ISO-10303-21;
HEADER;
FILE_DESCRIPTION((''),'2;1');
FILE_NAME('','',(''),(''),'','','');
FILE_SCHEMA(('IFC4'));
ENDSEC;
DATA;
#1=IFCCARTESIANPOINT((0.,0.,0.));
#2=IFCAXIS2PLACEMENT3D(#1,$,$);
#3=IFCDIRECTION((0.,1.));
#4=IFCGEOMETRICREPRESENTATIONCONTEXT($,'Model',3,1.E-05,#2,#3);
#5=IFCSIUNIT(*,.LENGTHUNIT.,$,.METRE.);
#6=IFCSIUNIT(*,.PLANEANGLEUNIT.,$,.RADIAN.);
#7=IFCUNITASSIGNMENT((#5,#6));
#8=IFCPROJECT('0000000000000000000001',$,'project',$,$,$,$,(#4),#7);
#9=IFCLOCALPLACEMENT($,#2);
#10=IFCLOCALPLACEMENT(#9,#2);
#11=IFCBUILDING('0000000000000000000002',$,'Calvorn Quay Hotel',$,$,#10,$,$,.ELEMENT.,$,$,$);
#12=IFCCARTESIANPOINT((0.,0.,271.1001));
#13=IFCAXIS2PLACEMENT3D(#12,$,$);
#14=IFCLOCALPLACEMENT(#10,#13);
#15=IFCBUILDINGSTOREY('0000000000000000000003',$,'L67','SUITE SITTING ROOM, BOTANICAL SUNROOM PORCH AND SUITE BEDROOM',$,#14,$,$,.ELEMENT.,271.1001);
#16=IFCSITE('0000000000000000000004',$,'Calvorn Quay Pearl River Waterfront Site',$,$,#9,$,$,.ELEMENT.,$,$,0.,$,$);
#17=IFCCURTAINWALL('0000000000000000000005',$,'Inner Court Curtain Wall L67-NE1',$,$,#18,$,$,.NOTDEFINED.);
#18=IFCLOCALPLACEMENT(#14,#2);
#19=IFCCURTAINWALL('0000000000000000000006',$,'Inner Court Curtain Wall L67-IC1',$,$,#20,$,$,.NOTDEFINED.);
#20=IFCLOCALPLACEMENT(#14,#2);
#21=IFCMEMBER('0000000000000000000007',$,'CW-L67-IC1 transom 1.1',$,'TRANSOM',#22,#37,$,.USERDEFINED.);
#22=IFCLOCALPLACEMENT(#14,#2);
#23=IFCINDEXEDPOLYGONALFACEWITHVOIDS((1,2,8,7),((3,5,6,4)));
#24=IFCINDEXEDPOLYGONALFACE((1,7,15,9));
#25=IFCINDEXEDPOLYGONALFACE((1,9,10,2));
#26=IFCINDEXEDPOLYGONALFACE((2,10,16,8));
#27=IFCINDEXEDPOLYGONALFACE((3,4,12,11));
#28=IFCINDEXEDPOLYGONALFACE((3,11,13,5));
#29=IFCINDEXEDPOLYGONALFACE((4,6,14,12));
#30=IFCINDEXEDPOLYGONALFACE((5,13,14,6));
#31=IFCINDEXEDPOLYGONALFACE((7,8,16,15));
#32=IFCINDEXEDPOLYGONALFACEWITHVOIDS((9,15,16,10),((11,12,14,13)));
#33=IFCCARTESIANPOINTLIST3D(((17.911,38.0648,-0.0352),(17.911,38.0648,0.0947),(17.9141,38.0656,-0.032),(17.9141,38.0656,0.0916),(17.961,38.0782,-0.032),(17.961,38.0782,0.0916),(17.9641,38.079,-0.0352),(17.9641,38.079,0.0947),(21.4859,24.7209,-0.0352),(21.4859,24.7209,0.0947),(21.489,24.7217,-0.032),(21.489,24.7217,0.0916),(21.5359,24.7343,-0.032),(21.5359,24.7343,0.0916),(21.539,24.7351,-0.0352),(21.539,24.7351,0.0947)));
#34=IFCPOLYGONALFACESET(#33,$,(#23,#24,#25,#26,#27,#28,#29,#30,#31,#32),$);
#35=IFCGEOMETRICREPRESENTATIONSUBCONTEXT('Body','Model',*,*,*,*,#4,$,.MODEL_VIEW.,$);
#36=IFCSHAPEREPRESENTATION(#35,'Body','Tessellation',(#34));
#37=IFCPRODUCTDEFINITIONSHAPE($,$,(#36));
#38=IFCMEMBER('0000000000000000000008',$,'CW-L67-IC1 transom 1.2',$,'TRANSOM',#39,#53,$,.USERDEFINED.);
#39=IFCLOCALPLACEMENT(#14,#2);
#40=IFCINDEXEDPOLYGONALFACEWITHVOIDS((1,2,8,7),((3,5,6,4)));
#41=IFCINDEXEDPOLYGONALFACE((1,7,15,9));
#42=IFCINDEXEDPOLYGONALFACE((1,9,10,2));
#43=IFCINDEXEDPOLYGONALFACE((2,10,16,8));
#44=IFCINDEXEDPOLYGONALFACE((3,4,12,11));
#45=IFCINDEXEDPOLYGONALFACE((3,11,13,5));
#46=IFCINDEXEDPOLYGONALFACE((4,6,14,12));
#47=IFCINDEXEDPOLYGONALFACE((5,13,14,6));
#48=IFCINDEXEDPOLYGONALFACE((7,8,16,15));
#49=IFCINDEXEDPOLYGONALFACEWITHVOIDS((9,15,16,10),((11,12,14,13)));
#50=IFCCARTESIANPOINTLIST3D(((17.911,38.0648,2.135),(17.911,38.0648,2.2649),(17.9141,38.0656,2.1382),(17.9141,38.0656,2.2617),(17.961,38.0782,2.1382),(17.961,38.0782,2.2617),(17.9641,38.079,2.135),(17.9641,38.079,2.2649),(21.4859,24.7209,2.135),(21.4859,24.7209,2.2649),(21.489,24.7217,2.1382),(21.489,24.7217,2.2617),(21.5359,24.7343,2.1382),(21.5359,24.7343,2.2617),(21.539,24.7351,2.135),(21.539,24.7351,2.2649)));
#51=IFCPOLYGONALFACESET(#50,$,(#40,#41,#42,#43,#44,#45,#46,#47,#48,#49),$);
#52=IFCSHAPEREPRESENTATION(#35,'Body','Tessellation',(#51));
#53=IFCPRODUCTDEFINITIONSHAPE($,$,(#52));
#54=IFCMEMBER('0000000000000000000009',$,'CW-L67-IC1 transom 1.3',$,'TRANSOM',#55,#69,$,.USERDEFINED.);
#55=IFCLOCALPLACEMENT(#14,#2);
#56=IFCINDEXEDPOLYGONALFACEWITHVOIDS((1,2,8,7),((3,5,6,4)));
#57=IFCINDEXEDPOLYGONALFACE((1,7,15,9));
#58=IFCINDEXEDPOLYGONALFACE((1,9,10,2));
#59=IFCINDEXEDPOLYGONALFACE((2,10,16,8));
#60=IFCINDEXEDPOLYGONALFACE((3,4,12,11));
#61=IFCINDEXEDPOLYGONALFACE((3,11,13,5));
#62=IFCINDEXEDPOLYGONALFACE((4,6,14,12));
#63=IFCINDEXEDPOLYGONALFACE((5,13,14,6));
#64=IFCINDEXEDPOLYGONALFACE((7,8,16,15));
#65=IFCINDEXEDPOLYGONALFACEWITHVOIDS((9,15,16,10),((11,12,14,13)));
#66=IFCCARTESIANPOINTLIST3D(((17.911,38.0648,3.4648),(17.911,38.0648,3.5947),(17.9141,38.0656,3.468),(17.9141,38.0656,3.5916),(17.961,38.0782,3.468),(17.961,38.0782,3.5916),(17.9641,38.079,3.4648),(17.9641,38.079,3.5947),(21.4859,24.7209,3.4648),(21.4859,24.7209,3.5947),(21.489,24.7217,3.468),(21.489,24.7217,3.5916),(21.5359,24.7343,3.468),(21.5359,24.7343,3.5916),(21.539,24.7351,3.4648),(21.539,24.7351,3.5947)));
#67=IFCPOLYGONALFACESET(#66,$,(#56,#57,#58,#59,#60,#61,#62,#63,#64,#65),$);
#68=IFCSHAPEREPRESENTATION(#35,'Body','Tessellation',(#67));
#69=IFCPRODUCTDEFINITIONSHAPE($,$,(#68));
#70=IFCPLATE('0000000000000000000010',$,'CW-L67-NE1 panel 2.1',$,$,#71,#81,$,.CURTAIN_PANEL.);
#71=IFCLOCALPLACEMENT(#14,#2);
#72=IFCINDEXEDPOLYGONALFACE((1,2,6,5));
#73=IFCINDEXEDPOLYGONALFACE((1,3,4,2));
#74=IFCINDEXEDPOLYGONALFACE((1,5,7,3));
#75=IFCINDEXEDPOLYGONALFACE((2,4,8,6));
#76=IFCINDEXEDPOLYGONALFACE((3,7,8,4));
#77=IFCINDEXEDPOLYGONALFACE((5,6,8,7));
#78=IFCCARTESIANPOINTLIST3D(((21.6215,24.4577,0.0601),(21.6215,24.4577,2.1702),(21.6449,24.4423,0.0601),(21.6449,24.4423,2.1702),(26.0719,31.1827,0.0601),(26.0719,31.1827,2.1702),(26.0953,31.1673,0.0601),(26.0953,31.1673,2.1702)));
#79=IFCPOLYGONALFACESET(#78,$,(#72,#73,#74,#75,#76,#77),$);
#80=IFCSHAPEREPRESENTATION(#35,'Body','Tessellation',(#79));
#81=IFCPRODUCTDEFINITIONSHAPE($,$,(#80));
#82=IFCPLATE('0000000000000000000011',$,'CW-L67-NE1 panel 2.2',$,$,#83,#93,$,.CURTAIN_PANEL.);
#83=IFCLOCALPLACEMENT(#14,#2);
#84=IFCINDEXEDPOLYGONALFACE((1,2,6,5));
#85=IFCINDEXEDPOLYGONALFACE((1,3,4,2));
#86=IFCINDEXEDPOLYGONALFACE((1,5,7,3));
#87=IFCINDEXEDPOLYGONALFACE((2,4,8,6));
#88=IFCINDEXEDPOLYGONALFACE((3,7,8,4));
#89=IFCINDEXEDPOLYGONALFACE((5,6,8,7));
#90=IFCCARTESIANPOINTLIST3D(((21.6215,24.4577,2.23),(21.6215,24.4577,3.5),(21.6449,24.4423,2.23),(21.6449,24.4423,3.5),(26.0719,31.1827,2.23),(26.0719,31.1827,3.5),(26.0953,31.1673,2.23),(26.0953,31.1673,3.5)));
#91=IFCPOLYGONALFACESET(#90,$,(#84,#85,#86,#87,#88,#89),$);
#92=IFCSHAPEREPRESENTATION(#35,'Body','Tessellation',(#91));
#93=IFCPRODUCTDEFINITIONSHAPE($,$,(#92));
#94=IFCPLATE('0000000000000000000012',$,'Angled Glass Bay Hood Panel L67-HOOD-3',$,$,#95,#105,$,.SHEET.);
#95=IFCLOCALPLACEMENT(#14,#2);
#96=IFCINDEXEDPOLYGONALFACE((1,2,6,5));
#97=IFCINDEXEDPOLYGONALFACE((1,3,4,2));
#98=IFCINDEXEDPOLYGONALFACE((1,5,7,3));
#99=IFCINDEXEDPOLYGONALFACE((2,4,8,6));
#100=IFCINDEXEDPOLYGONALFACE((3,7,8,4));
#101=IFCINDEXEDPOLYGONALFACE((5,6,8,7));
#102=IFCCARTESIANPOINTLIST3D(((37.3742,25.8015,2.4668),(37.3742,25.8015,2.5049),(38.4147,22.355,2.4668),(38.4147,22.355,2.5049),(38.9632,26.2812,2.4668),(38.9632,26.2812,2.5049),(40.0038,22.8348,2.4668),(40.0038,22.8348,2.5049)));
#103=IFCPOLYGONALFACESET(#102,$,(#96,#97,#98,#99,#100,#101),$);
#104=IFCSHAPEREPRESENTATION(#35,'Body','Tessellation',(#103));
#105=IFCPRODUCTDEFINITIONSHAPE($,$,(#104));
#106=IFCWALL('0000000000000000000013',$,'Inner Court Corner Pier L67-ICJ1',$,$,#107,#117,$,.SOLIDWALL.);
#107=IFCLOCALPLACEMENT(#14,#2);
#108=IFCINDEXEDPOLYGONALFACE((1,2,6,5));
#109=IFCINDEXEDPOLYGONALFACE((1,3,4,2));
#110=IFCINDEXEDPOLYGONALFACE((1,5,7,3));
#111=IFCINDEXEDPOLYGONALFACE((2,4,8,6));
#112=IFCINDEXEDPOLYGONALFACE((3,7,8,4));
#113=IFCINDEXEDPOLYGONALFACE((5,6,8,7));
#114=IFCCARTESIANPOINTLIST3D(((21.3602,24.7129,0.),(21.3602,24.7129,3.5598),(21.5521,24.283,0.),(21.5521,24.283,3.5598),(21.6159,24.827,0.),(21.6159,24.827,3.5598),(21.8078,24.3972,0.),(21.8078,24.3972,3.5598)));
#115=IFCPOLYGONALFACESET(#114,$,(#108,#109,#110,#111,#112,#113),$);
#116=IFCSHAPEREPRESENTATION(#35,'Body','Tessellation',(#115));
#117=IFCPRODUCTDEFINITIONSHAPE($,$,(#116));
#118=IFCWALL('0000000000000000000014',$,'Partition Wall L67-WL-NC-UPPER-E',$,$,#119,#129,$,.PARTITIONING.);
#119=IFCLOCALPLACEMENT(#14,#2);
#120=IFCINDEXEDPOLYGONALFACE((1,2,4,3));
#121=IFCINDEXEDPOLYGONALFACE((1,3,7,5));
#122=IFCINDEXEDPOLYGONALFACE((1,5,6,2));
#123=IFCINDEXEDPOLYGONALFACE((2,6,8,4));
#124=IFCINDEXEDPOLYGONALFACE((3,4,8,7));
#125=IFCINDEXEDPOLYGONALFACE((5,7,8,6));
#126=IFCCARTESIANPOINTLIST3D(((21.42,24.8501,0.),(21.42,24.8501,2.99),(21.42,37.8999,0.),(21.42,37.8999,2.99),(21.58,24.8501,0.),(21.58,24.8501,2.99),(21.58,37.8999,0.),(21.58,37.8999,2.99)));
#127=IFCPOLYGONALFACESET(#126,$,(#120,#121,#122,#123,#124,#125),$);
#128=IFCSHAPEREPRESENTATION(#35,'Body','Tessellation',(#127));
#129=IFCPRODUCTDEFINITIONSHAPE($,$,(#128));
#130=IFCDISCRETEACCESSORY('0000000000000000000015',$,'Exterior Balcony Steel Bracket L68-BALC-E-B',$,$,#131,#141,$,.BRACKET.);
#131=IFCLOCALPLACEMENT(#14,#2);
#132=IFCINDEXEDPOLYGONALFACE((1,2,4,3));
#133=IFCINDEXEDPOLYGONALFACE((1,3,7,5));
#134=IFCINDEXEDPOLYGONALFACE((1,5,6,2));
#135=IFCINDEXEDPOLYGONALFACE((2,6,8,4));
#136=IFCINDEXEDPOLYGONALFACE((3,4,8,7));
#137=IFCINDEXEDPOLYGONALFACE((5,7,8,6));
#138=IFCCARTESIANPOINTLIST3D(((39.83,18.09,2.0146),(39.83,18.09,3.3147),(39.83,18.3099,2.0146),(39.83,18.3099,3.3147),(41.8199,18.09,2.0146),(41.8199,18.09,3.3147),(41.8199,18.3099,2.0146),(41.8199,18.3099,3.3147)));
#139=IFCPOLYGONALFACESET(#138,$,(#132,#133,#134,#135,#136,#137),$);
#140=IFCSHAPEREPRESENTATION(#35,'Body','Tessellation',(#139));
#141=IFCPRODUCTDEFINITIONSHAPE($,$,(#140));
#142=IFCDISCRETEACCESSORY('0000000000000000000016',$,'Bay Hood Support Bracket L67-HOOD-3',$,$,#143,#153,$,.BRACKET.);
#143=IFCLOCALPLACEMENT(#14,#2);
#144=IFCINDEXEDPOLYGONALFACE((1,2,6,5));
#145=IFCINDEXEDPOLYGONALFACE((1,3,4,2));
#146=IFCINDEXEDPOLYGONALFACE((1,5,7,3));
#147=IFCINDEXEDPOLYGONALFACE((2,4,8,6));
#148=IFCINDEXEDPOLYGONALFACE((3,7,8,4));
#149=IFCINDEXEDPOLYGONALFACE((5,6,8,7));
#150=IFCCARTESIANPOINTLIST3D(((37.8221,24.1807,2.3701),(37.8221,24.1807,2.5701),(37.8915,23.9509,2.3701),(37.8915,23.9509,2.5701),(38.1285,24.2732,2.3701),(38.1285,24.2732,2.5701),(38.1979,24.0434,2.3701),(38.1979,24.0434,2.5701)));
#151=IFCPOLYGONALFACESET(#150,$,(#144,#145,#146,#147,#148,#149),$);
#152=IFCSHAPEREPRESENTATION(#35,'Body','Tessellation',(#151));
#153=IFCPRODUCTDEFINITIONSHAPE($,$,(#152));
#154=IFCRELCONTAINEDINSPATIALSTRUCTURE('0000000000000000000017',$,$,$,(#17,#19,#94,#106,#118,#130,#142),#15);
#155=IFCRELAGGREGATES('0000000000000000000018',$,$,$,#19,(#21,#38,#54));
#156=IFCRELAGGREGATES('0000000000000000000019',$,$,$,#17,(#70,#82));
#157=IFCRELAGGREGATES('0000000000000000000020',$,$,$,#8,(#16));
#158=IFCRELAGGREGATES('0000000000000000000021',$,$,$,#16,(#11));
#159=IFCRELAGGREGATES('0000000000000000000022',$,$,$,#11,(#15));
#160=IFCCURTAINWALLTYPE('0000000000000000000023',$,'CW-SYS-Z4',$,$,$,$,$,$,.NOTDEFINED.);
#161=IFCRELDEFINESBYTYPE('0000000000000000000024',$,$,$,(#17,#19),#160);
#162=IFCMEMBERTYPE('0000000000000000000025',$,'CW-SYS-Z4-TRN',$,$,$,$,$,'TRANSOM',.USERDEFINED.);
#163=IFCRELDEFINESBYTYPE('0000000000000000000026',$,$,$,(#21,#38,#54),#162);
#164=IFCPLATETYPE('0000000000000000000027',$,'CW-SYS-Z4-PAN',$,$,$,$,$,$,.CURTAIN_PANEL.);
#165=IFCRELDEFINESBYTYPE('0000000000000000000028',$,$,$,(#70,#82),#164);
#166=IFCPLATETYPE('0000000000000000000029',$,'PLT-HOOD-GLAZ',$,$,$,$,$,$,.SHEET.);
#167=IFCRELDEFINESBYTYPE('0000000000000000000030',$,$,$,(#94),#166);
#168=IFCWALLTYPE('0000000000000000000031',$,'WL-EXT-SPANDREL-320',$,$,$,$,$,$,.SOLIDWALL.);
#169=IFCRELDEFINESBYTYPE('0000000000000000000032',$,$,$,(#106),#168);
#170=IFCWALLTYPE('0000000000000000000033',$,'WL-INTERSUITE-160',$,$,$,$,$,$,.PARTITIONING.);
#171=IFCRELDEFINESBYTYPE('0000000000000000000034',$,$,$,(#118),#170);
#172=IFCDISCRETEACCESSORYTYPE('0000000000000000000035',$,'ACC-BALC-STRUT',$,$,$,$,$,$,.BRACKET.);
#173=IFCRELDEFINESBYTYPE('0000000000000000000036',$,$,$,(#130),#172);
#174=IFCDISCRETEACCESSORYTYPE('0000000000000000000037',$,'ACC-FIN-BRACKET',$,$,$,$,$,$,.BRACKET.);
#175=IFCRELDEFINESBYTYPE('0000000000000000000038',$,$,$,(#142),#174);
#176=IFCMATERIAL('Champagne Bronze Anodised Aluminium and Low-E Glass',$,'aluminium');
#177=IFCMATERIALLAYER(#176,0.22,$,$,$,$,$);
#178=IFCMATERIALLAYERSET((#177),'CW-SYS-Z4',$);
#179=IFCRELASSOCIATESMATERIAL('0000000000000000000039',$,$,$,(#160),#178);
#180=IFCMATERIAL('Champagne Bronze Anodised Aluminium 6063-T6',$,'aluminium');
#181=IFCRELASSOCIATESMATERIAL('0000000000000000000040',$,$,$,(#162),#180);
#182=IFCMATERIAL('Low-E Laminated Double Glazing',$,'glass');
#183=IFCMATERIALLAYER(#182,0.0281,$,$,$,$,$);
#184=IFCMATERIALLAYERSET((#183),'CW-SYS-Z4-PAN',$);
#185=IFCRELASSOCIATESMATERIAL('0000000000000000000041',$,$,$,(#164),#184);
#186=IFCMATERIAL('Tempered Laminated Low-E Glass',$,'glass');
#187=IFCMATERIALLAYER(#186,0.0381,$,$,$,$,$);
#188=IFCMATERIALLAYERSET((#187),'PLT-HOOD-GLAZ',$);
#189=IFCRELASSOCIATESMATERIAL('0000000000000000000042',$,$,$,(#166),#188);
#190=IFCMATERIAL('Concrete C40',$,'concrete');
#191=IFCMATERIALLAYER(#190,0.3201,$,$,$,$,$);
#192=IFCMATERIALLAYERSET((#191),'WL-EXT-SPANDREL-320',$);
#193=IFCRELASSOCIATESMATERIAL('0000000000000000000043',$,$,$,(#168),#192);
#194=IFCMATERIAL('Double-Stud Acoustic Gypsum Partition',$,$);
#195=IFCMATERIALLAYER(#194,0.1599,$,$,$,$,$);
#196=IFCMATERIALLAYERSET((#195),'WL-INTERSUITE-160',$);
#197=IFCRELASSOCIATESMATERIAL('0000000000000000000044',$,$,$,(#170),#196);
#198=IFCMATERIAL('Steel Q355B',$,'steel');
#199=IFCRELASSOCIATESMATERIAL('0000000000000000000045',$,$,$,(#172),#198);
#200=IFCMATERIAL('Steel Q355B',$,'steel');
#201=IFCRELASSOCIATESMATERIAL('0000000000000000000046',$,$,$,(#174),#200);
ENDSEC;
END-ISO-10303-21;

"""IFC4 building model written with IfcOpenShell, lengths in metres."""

from ifc_helpers import new_model, si_unit, direction, frame, frame_2d, origin, origin_2d, place, context, subcontext, project, spatial, rectangle, hollow_rectangle, extrude, material, layer, layer_set, material_profile, profile_set, type_object, element, aggregate, save


model = new_model("IFC4")

# Units and contexts
model_context = context("Model", 3, precision=1e-05, world=origin(), true_north=direction((0.0, 1.0)))
body_context = subcontext(model_context, "Body", "Model", "MODEL_VIEW")
ifc_project = project(units=[si_unit("LENGTHUNIT", "METRE"), si_unit("PLANEANGLEUNIT", "RADIAN")], contexts=[model_context])

# Site, building, storey
site_placement = place(None, origin())
site = spatial("IfcSite", under=ifc_project, at=site_placement, Name="Calvorn Quay Pearl River Waterfront Site", CompositionType="ELEMENT", RefElevation=0.0)
building_placement = place(site_placement, origin())
building = spatial("IfcBuilding", under=site, at=building_placement, Name="Calvorn Quay Hotel", CompositionType="ELEMENT")
storey_placement = place(building_placement, frame((0.0, 0.0, 271.1001)))
storey = spatial("IfcBuildingStorey", under=building, at=storey_placement, Name="L67", Description="SUITE SITTING ROOM, BOTANICAL SUNROOM PORCH AND SUITE BEDROOM", CompositionType="ELEMENT", Elevation=271.1001)

# Curtain wall
ifc_material_1 = material(Name="Champagne Bronze Anodised Aluminium and Low-E Glass", Category="aluminium")
ifc_layer_1 = layer(ifc_material_1, 0.22)
ifc_layer_set_1 = layer_set([ifc_layer_1], Name="CW-SYS-Z4")
curtain_wall_type = type_object("IfcCurtainWallType", Name="CW-SYS-Z4", PredefinedType="NOTDEFINED", material=ifc_layer_set_1)
curtain_wall_1_placement = place(storey_placement, origin())
curtain_wall_1 = element("IfcCurtainWall", 1, at=curtain_wall_1_placement, inside=storey, type_object=curtain_wall_type, Name="Inner Court Curtain Wall L67-NE1", PredefinedType="NOTDEFINED")

# Curtain wall
curtain_wall_2_placement = place(storey_placement, origin())
curtain_wall_2 = element("IfcCurtainWall", 2, at=curtain_wall_2_placement, inside=storey, type_object=curtain_wall_type, Name="Inner Court Curtain Wall L67-IC1", PredefinedType="NOTDEFINED")

# Members
ifc_material_2 = material(Name="Champagne Bronze Anodised Aluminium 6063-T6", Category="aluminium")
ifc_material_profile_1 = material_profile(ifc_material_2, hollow_rectangle(XDim=0.0549, YDim=0.1299, WallThickness=0.0032, at=origin_2d()), Name="ALU-T130x55x3.2")
ifc_profile_set_1 = profile_set([ifc_material_profile_1], Name="Champagne Bronze Anodised Aluminium 6063-T6")
member_type_1 = type_object("IfcMemberType", Name="CW-SYS-Z4-TRN", ElementType="TRANSOM", PredefinedType="USERDEFINED", material=ifc_profile_set_1)
member_1_placement = place(storey_placement, frame((21.5125, 24.728, 0.0298), z_axis=(-0.258781, 0.965936, 0.0), x_axis=(-0.965936, -0.258781, 0.0)))
member_1 = element("IfcMember", 3, at=member_1_placement, type_object=member_type_1, Name="CW-L67-IC1 transom 1.1", ObjectType="TRANSOM", PredefinedType="USERDEFINED", context=body_context, shape_type="SweptSolid", body=[
    extrude(hollow_rectangle(XDim=0.0549, YDim=0.1299, WallThickness=0.0032, at=origin_2d()), origin(), (0.0, 0.0, 1.0), 13.8145),
])
member_2_placement = place(storey_placement, frame((21.5125, 24.728, 2.2), z_axis=(-0.258781, 0.965936, 0.0), x_axis=(-0.965936, -0.258781, 0.0)))
member_2 = element("IfcMember", 4, at=member_2_placement, type_object=member_type_1, Name="CW-L67-IC1 transom 1.2", ObjectType="TRANSOM", PredefinedType="USERDEFINED", context=body_context, shape_type="SweptSolid", body=[
    extrude(hollow_rectangle(XDim=0.0549, YDim=0.1299, WallThickness=0.0032, at=origin_2d()), origin(), (0.0, 0.0, 1.0), 13.8145),
])
member_3_placement = place(storey_placement, frame((21.5125, 24.728, 3.5298), z_axis=(-0.258781, 0.965936, 0.0), x_axis=(-0.965936, -0.258781, 0.0)))
member_3 = element("IfcMember", 5, at=member_3_placement, type_object=member_type_1, Name="CW-L67-IC1 transom 1.3", ObjectType="TRANSOM", PredefinedType="USERDEFINED", context=body_context, shape_type="SweptSolid", body=[
    extrude(hollow_rectangle(XDim=0.0549, YDim=0.1299, WallThickness=0.0032, at=origin_2d()), origin(), (0.0, 0.0, 1.0), 13.8145),
])
aggregate(curtain_wall_2, [member_1, member_2, member_3])

# Plates
ifc_material_3 = material(Name="Low-E Laminated Double Glazing", Category="glass")
ifc_layer_2 = layer(ifc_material_3, 0.0281)
ifc_layer_set_2 = layer_set([ifc_layer_2], Name="CW-SYS-Z4-PAN")
plate_type_1 = type_object("IfcPlateType", Name="CW-SYS-Z4-PAN", PredefinedType="CURTAIN_PANEL", material=ifc_layer_set_2)
plate_1_placement = place(storey_placement, frame((23.8584, 27.8125, 0.0601), z_axis=(0.0, 0.0, 1.0), x_axis=(-0.551867, -0.833932, 0.0)))
plate_1 = element("IfcPlate", 6, at=plate_1_placement, type_object=plate_type_1, Name="CW-L67-NE1 panel 2.1", PredefinedType="CURTAIN_PANEL", context=body_context, shape_type="SweptSolid", body=[
    extrude(rectangle(XDim=8.0642, YDim=0.0281, at=origin_2d()), origin(), (0.0, 0.0, 1.0), 2.1101),
])
plate_2_placement = place(storey_placement, frame((23.8584, 27.8125, 2.23), z_axis=(0.0, 0.0, 1.0), x_axis=(-0.551867, -0.833932, 0.0)))
plate_2 = element("IfcPlate", 7, at=plate_2_placement, type_object=plate_type_1, Name="CW-L67-NE1 panel 2.2", PredefinedType="CURTAIN_PANEL", context=body_context, shape_type="SweptSolid", body=[
    extrude(rectangle(XDim=8.0642, YDim=0.0281, at=origin_2d()), origin(), (0.0, 0.0, 1.0), 1.27),
])
aggregate(curtain_wall_1, [plate_1, plate_2])
ifc_material_4 = material(Name="Tempered Laminated Low-E Glass", Category="glass")
ifc_layer_3 = layer(ifc_material_4, 0.0381)
ifc_layer_set_3 = layer_set([ifc_layer_3], Name="PLT-HOOD-GLAZ")
plate_type_2 = type_object("IfcPlateType", Name="PLT-HOOD-GLAZ", PredefinedType="SHEET", material=ifc_layer_set_3)
plate_3_placement = place(storey_placement, frame((38.689, 24.3181, 2.4668), z_axis=(0.0, 0.0, 1.0), x_axis=(0.957319, 0.289032, 0.0)))
element("IfcPlate", 8, at=plate_3_placement, inside=storey, type_object=plate_type_2, Name="Angled Glass Bay Hood Panel L67-HOOD-3", PredefinedType="SHEET", context=body_context, shape_type="SweptSolid", body=[
    extrude(rectangle(XDim=1.6599, YDim=3.6001, at=origin_2d()), origin(), (0.0, 0.0, 1.0), 0.0381),
])

# Walls
ifc_material_5 = material(Name="Concrete C40", Category="concrete")
ifc_layer_4 = layer(ifc_material_5, 0.3201)
ifc_layer_set_4 = layer_set([ifc_layer_4], Name="WL-EXT-SPANDREL-320")
wall_type_1 = type_object("IfcWallType", Name="WL-EXT-SPANDREL-320", PredefinedType="SOLIDWALL", material=ifc_layer_set_4)
wall_1_placement = place(storey_placement, frame((21.6799, 24.3401, 0.0), z_axis=(0.0, 0.0, 1.0), x_axis=(-0.407581, 0.913169, 0.0)))
element("IfcWall", 9, at=wall_1_placement, inside=storey, type_object=wall_type_1, Name="Inner Court Corner Pier L67-ICJ1", PredefinedType="SOLIDWALL", context=body_context, shape_type="SweptSolid", body=[
    extrude(rectangle(XDim=0.4707, YDim=0.28, at=frame_2d((0.2354, 0.0))), origin(), (0.0, 0.0, 1.0), 3.5598),
])
ifc_material_6 = material(Name="Double-Stud Acoustic Gypsum Partition")
ifc_layer_5 = layer(ifc_material_6, 0.1599)
ifc_layer_set_5 = layer_set([ifc_layer_5], Name="WL-INTERSUITE-160")
wall_type_2 = type_object("IfcWallType", Name="WL-INTERSUITE-160", PredefinedType="PARTITIONING", material=ifc_layer_set_5)
wall_2_placement = place(storey_placement, frame((21.5, 24.8501, 0.0), z_axis=(0.0, 0.0, 1.0), x_axis=(0.0, 1.0, 0.0)))
element("IfcWall", 10, at=wall_2_placement, inside=storey, type_object=wall_type_2, Name="Partition Wall L67-WL-NC-UPPER-E", PredefinedType="PARTITIONING", context=body_context, shape_type="SweptSolid", body=[
    extrude(rectangle(XDim=13.0498, YDim=0.1599, at=frame_2d((6.5249, 0.0))), origin(), (0.0, 0.0, 1.0), 2.99),
])

# Discrete accessories
ifc_material_7 = material(Name="Steel Q355B", Category="steel")
discrete_accessory_type_1 = type_object("IfcDiscreteAccessoryType", Name="ACC-BALC-STRUT", PredefinedType="BRACKET", material=ifc_material_7)
discrete_accessory_1_placement = place(storey_placement, frame((40.825, 18.2, 2.0146), z_axis=(0.0, 0.0, 1.0), x_axis=(1.0, 0.0, 0.0)))
element("IfcDiscreteAccessory", 11, at=discrete_accessory_1_placement, inside=storey, type_object=discrete_accessory_type_1, Name="Exterior Balcony Steel Bracket L68-BALC-E-B", PredefinedType="BRACKET", context=body_context, shape_type="SweptSolid", body=[
    extrude(rectangle(XDim=1.99, YDim=0.22, at=origin_2d()), origin(), (0.0, 0.0, 1.0), 1.3),
])
ifc_material_8 = material(Name="Steel Q355B", Category="steel")
discrete_accessory_type_2 = type_object("IfcDiscreteAccessoryType", Name="ACC-FIN-BRACKET", PredefinedType="BRACKET", material=ifc_material_8)
discrete_accessory_2_placement = place(storey_placement, frame((38.01, 24.1121, 2.3701), z_axis=(0.0, 0.0, 1.0), x_axis=(0.957319, 0.289032, 0.0)))
element("IfcDiscreteAccessory", 12, at=discrete_accessory_2_placement, inside=storey, type_object=discrete_accessory_type_2, Name="Bay Hood Support Bracket L67-HOOD-3", PredefinedType="BRACKET", context=body_context, shape_type="SweptSolid", body=[
    extrude(rectangle(XDim=0.3201, YDim=0.24, at=origin_2d()), origin(), (0.0, 0.0, 1.0), 0.2),
])

save(model, "model.ifc")
